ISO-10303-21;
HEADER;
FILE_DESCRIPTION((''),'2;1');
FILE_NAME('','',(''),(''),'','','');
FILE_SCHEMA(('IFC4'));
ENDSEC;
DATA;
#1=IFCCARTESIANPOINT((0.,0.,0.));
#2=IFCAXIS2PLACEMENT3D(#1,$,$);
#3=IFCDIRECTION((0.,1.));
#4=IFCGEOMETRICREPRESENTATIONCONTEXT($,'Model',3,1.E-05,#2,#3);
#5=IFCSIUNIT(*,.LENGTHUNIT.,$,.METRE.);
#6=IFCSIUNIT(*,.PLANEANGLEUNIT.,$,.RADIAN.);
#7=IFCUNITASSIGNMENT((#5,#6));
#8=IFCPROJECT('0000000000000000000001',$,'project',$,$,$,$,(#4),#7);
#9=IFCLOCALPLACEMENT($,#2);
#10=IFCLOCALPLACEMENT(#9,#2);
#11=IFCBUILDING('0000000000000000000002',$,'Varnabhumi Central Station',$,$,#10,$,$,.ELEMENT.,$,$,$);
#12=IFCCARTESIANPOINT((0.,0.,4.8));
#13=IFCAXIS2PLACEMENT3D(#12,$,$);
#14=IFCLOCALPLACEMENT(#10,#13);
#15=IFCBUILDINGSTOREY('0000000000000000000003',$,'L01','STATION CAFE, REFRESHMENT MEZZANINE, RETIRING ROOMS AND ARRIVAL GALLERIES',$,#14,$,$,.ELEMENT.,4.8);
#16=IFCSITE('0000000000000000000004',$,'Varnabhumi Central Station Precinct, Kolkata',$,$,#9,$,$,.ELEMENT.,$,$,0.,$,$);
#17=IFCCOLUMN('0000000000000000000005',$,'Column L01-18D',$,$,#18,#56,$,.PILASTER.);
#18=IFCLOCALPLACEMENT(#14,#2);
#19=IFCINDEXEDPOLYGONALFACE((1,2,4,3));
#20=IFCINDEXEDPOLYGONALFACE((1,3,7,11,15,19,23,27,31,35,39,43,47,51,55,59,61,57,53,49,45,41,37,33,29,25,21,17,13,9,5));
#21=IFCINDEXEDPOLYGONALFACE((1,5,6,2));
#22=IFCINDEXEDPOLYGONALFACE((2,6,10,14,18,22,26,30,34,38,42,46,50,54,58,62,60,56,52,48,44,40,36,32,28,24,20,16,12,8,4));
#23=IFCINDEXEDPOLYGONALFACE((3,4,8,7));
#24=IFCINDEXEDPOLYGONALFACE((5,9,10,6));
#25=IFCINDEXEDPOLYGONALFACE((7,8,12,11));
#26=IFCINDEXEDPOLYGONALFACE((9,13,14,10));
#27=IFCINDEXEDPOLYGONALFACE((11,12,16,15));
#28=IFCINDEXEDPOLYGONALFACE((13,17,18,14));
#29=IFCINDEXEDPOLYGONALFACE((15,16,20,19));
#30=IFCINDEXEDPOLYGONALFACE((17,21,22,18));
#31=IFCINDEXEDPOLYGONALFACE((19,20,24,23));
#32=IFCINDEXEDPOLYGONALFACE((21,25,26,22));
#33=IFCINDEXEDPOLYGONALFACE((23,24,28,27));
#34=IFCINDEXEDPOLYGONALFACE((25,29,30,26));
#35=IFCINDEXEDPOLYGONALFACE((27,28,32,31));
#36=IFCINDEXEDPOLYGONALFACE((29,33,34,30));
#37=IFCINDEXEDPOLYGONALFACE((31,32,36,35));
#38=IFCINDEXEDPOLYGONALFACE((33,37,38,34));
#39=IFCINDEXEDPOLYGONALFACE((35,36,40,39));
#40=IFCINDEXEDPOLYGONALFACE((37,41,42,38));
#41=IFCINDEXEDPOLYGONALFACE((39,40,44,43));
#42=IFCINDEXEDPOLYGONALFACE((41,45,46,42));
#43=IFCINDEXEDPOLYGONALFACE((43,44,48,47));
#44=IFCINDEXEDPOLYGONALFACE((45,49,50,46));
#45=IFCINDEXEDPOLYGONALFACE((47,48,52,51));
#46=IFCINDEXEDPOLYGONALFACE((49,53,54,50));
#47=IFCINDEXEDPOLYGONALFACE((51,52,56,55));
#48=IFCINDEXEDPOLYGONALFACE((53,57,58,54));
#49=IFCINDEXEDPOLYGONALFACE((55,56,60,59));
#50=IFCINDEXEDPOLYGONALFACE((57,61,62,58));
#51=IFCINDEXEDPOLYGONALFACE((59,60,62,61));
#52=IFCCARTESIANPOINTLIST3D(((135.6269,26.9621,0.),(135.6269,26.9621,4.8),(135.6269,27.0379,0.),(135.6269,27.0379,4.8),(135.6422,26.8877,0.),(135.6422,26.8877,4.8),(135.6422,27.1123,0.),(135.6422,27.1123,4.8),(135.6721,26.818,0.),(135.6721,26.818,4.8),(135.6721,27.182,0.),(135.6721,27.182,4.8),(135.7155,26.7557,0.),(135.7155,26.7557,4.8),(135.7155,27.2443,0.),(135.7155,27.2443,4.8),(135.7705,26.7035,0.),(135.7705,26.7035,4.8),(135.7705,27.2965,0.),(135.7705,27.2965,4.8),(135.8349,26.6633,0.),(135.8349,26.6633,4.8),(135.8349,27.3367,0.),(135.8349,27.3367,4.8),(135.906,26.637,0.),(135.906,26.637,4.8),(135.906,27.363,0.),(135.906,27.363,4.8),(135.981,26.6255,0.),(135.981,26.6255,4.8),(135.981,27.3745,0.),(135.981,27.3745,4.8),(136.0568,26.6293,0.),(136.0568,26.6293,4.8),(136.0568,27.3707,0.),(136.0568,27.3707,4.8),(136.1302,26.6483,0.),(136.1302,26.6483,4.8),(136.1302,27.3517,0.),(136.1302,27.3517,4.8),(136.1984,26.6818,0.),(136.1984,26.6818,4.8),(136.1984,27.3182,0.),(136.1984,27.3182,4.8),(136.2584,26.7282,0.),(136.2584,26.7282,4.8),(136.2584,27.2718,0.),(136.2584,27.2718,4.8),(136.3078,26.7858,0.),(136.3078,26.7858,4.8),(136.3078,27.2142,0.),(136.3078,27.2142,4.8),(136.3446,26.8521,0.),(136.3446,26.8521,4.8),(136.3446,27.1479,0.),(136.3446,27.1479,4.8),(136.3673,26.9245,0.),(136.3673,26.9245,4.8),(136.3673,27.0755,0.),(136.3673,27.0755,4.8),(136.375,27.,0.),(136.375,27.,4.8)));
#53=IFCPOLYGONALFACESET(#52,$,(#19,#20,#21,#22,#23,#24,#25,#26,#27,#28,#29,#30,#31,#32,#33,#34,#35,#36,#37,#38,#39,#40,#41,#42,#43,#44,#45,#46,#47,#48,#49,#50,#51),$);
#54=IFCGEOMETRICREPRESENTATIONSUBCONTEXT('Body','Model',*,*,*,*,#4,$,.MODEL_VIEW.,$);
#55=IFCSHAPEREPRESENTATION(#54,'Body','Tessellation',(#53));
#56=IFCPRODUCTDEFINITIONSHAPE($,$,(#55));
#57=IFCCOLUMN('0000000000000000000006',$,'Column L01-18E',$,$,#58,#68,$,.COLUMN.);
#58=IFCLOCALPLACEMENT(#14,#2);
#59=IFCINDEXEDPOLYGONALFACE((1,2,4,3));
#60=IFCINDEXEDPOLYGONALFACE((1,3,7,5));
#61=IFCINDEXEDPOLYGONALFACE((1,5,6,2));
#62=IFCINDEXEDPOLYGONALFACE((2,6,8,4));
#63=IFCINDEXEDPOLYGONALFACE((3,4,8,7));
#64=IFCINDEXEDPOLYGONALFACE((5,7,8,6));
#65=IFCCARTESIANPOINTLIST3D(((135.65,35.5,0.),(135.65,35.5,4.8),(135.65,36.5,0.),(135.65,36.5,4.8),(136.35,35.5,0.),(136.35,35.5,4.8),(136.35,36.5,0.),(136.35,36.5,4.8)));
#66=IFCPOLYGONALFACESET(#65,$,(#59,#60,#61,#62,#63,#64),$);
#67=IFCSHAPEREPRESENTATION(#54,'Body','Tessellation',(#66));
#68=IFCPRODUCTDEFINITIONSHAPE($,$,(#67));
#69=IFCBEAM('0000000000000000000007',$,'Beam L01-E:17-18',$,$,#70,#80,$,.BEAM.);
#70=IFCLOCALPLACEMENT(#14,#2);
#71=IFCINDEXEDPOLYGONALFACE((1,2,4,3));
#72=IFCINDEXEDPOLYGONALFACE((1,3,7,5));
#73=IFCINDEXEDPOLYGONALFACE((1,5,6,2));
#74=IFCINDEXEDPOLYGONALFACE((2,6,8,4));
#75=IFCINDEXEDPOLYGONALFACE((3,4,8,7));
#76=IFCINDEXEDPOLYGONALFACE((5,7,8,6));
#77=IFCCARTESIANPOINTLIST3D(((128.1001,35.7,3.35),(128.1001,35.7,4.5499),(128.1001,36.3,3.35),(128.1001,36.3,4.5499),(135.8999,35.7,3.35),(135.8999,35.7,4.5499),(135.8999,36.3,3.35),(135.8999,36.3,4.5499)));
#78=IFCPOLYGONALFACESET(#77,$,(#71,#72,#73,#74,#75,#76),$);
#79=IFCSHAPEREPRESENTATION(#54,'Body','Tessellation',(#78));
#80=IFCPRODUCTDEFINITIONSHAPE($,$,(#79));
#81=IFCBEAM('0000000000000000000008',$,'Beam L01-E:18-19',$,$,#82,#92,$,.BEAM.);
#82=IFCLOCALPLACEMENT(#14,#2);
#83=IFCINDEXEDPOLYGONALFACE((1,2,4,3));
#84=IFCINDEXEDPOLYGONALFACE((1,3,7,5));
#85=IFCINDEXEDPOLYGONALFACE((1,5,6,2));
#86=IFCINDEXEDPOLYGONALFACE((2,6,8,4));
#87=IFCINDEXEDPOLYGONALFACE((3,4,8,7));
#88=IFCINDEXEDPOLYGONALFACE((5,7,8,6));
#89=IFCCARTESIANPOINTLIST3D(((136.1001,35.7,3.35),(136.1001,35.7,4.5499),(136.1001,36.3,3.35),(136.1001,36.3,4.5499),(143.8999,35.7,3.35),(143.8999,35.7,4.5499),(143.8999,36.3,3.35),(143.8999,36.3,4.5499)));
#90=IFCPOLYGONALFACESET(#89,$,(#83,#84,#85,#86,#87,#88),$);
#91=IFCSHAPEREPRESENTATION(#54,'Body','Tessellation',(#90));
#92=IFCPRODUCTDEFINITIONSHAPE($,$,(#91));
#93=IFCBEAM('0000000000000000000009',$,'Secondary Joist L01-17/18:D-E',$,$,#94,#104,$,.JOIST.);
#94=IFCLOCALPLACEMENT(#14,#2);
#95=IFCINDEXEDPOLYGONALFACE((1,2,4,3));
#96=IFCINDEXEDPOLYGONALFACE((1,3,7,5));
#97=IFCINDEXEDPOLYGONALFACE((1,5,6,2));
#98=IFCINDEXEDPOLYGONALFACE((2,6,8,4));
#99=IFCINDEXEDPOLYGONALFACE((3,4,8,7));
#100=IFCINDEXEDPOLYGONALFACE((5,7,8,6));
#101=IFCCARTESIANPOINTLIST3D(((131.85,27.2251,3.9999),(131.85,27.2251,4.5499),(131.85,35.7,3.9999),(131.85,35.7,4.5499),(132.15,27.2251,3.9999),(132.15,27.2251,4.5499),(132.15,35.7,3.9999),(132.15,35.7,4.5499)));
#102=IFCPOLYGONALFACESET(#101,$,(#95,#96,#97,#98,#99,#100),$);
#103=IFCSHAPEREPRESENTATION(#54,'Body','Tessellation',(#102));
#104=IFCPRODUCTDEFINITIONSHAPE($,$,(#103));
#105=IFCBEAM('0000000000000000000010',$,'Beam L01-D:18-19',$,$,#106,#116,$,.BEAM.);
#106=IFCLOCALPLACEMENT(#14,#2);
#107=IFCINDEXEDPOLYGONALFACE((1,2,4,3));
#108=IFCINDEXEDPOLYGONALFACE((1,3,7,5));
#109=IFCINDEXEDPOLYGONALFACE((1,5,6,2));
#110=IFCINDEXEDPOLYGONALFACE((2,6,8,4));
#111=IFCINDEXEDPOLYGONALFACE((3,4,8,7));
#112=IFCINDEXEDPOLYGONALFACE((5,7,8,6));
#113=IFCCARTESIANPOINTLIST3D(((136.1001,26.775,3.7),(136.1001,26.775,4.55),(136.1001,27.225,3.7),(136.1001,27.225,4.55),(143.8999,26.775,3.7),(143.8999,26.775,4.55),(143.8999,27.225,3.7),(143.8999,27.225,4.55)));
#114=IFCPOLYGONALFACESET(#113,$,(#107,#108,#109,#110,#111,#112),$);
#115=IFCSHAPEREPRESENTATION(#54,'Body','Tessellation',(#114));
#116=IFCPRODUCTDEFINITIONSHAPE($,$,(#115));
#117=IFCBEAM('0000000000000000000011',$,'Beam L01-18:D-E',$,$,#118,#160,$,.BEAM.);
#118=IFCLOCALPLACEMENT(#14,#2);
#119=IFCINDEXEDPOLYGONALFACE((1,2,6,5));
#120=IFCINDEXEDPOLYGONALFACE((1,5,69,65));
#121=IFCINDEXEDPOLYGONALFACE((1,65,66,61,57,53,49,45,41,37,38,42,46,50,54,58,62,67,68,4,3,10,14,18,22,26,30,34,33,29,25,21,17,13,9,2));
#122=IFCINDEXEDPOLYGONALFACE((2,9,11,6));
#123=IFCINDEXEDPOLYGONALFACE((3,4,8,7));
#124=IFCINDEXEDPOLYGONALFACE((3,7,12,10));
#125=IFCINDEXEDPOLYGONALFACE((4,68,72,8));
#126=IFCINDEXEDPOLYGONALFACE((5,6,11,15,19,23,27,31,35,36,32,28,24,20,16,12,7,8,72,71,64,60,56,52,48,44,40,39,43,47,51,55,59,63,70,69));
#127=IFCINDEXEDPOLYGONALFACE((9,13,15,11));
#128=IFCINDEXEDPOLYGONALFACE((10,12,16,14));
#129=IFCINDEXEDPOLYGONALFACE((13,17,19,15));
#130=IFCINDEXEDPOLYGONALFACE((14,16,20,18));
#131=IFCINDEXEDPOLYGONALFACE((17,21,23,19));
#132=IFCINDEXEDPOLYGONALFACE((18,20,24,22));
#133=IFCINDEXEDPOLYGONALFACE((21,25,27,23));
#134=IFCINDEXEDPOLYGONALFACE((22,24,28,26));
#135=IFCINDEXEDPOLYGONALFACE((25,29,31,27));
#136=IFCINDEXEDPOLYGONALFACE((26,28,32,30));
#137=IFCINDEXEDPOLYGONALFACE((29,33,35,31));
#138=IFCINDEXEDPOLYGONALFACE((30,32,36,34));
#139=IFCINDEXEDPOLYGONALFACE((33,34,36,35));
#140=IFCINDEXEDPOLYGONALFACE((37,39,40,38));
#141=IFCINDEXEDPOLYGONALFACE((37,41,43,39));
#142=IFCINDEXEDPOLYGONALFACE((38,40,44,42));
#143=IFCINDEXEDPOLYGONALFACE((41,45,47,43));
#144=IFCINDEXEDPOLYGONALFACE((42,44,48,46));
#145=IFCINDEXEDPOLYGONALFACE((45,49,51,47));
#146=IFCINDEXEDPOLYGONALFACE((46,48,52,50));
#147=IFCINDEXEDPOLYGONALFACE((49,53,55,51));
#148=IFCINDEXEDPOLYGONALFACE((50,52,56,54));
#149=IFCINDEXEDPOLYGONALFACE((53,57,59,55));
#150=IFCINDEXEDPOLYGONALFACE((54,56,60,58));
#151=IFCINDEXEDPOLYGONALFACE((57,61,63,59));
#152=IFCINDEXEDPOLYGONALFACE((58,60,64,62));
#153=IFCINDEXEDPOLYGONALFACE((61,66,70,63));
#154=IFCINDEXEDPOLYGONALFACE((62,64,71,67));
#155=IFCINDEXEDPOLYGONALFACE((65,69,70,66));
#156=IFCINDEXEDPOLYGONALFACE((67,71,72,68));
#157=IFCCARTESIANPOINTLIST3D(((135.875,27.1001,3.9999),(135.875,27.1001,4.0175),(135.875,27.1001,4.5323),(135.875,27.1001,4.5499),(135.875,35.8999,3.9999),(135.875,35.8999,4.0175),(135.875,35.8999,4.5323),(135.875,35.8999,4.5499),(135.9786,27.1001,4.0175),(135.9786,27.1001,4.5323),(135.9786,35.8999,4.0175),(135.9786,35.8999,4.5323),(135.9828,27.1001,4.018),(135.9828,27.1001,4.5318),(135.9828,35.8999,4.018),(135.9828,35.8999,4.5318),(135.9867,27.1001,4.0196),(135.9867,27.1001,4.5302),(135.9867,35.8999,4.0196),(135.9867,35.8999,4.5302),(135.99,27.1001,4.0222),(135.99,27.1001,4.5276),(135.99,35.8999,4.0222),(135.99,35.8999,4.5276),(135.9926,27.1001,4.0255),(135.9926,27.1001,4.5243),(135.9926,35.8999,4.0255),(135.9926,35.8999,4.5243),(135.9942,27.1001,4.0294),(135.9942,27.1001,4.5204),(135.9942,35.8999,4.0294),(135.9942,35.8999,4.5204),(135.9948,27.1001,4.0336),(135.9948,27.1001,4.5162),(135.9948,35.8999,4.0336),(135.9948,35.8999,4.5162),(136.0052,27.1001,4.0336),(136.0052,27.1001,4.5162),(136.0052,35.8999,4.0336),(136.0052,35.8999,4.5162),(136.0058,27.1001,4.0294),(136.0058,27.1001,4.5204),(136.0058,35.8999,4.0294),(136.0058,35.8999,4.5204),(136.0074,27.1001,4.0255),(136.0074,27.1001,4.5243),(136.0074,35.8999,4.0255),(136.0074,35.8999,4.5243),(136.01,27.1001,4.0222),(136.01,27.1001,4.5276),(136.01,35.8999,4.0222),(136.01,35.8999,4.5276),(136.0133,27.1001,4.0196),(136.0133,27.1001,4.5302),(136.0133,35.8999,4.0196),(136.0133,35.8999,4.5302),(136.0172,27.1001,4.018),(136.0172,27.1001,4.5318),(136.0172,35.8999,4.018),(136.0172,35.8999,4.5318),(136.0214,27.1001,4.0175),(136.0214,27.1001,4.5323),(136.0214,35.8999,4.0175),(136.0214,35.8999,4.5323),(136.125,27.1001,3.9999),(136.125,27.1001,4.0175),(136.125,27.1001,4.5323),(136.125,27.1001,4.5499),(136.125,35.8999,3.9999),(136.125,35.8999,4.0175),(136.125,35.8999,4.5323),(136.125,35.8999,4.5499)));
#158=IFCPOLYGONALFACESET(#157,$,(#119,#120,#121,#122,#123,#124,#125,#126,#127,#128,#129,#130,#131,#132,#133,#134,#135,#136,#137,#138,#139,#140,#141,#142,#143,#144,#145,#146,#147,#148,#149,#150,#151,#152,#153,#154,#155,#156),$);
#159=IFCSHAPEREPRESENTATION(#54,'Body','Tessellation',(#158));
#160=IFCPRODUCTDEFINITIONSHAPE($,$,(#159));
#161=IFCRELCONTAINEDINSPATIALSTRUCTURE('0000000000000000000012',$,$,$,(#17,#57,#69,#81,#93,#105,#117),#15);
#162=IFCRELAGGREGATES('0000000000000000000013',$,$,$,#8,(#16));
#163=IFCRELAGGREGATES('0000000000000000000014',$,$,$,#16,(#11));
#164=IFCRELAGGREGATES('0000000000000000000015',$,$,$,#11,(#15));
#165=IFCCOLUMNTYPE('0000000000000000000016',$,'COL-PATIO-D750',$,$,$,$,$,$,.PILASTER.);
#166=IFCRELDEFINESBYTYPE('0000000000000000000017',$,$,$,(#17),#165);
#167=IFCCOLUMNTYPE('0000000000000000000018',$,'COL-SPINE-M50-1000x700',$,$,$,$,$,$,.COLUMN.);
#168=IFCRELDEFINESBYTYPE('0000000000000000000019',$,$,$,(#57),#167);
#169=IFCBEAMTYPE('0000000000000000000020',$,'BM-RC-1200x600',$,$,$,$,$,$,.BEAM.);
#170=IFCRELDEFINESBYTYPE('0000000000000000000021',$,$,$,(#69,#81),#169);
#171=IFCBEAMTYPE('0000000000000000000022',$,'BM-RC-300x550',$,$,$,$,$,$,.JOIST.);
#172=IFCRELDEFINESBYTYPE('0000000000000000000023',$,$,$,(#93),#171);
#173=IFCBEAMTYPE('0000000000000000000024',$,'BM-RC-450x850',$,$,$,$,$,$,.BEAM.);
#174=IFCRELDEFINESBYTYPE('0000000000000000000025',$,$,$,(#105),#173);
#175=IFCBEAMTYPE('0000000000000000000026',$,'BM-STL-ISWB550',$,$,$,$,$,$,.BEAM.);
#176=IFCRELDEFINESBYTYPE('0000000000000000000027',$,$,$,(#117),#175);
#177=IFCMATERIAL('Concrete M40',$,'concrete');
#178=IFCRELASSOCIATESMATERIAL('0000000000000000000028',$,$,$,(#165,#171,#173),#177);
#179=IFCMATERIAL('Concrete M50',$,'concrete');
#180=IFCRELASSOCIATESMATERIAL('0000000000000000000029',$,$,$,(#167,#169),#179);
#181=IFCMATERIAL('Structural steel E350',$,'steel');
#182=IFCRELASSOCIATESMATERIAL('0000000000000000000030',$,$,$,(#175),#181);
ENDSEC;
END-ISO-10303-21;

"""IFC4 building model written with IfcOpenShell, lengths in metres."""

from ifc_helpers import new_model, si_unit, direction, frame, origin, origin_2d, place, context, subcontext, project, spatial, rectangle, circle, i_section, extrude, material, material_profile, profile_set, type_object, element, save


model = new_model("IFC4")

# Units and contexts
model_context = context("Model", 3, precision=1e-05, world=origin(), true_north=direction((0.0, 1.0)))
body_context = subcontext(model_context, "Body", "Model", "MODEL_VIEW")
ifc_project = project(units=[si_unit("LENGTHUNIT", "METRE"), si_unit("PLANEANGLEUNIT", "RADIAN")], contexts=[model_context])

# Site, building, storey
site_placement = place(None, origin())
site = spatial("IfcSite", under=ifc_project, at=site_placement, Name="Varnabhumi Central Station Precinct, Kolkata", CompositionType="ELEMENT", RefElevation=0.0)
building_placement = place(site_placement, origin())
building = spatial("IfcBuilding", under=site, at=building_placement, Name="Varnabhumi Central Station", CompositionType="ELEMENT")
storey_placement = place(building_placement, frame((0.0, 0.0, 4.8)))
storey = spatial("IfcBuildingStorey", under=building, at=storey_placement, Name="L01", Description="STATION CAFE, REFRESHMENT MEZZANINE, RETIRING ROOMS AND ARRIVAL GALLERIES", CompositionType="ELEMENT", Elevation=4.8)

# Columns
ifc_material_1 = material(Name="Concrete M40", Category="concrete")
ifc_material_profile_1 = material_profile(ifc_material_1, circle(Radius=0.375, at=origin_2d()), Name="Concrete M40", Category="concrete")
ifc_profile_set_1 = profile_set([ifc_material_profile_1], Name="Concrete M40")
column_type_1 = type_object("IfcColumnType", Name="COL-PATIO-D750", PredefinedType="PILASTER", material=ifc_profile_set_1)
column_1_placement = place(storey_placement, frame((136.0, 27.0, 0.0), z_axis=(0.0, 0.0, 1.0), x_axis=(1.0, 0.0, 0.0)))
element("IfcColumn", 1, at=column_1_placement, inside=storey, type_object=column_type_1, Name="Column L01-18D", PredefinedType="PILASTER", context=body_context, shape_type="SweptSolid", body=[
    extrude(circle(Radius=0.375, at=origin_2d()), origin(), (0.0, 0.0, 1.0), 4.8),
])
ifc_material_2 = material(Name="Concrete M50", Category="concrete")
ifc_material_profile_2 = material_profile(ifc_material_2, rectangle(XDim=0.7, YDim=1.0, at=origin_2d()), Name="Concrete M50", Category="concrete")
ifc_profile_set_2 = profile_set([ifc_material_profile_2], Name="Concrete M50")
column_type_2 = type_object("IfcColumnType", Name="COL-SPINE-M50-1000x700", PredefinedType="COLUMN", material=ifc_profile_set_2)
column_2_placement = place(storey_placement, frame((136.0, 36.0, 0.0), z_axis=(0.0, 0.0, 1.0), x_axis=(1.0, 0.0, 0.0)))
element("IfcColumn", 2, at=column_2_placement, inside=storey, type_object=column_type_2, Name="Column L01-18E", PredefinedType="COLUMN", context=body_context, shape_type="SweptSolid", body=[
    extrude(rectangle(XDim=0.7, YDim=1.0, at=origin_2d()), origin(), (0.0, 0.0, 1.0), 4.8),
])

# Beams
ifc_material_profile_3 = material_profile(ifc_material_2, rectangle(XDim=0.6001, YDim=1.2, at=origin_2d()), Name="Concrete M50", Category="concrete")
ifc_profile_set_3 = profile_set([ifc_material_profile_3], Name="Concrete M50")
beam_type_1 = type_object("IfcBeamType", Name="BM-RC-1200x600", PredefinedType="BEAM", material=ifc_profile_set_3)
for number, where, z_axis, x_axis, name in (
    (3, (128.1001, 36.0, 3.95), (1.0, 0.0, 0.0), (0.0, 1.0, 0.0), "Beam L01-E:17-18"),
    (4, (136.1001, 36.0, 3.95), (1.0, 0.0, 0.0), (0.0, 1.0, 0.0), "Beam L01-E:18-19"),
):
    element("IfcBeam", number, at=place(storey_placement, frame(where, z_axis=z_axis, x_axis=x_axis)), inside=storey, type_object=beam_type_1, Name=name, PredefinedType="BEAM", context=body_context, shape_type="SweptSolid", body=[
        extrude(rectangle(XDim=0.6001, YDim=1.2, at=origin_2d()), origin(), (0.0, 0.0, 1.0), 7.7998),
    ])
ifc_material_profile_4 = material_profile(ifc_material_1, rectangle(XDim=0.3, YDim=0.55, at=origin_2d()), Name="Concrete M40", Category="concrete")
ifc_profile_set_4 = profile_set([ifc_material_profile_4], Name="Concrete M40")
beam_type_2 = type_object("IfcBeamType", Name="BM-RC-300x550", PredefinedType="JOIST", material=ifc_profile_set_4)
beam_1_placement = place(storey_placement, frame((132.0, 27.2251, 4.2749), z_axis=(0.0, 1.0, 0.0), x_axis=(-1.0, 0.0, 0.0)))
element("IfcBeam", 5, at=beam_1_placement, inside=storey, type_object=beam_type_2, Name="Secondary Joist L01-17/18:D-E", PredefinedType="JOIST", context=body_context, shape_type="SweptSolid", body=[
    extrude(rectangle(XDim=0.3, YDim=0.55, at=origin_2d()), origin(), (0.0, 0.0, 1.0), 8.4749),
])
ifc_material_profile_5 = material_profile(ifc_material_1, rectangle(XDim=0.45, YDim=0.8501, at=origin_2d()), Name="Concrete M40", Category="concrete")
ifc_profile_set_5 = profile_set([ifc_material_profile_5], Name="Concrete M40")
beam_type_3 = type_object("IfcBeamType", Name="BM-RC-450x850", PredefinedType="BEAM", material=ifc_profile_set_5)
beam_2_placement = place(storey_placement, frame((136.1001, 27.0, 4.125), z_axis=(1.0, 0.0, 0.0), x_axis=(0.0, 1.0, 0.0)))
element("IfcBeam", 6, at=beam_2_placement, inside=storey, type_object=beam_type_3, Name="Beam L01-D:18-19", PredefinedType="BEAM", context=body_context, shape_type="SweptSolid", body=[
    extrude(rectangle(XDim=0.45, YDim=0.8501, at=origin_2d()), origin(), (0.0, 0.0, 1.0), 7.7998),
])
ifc_material_3 = material(Name="Structural steel E350", Category="steel")
ifc_material_profile_6 = material_profile(ifc_material_3, i_section(OverallWidth=0.25, OverallDepth=0.55, WebThickness=0.0105, FlangeThickness=0.0176, FilletRadius=0.0161, at=origin_2d()), Name="Structural steel E350", Category="steel")
ifc_profile_set_6 = profile_set([ifc_material_profile_6], Name="Structural steel E350")
beam_type_4 = type_object("IfcBeamType", Name="BM-STL-ISWB550", PredefinedType="BEAM", material=ifc_profile_set_6)
beam_3_placement = place(storey_placement, frame((136.0, 27.1001, 4.2749), z_axis=(0.0, 1.0, 0.0), x_axis=(-1.0, 0.0, 0.0)))
element("IfcBeam", 7, at=beam_3_placement, inside=storey, type_object=beam_type_4, Name="Beam L01-18:D-E", PredefinedType="BEAM", context=body_context, shape_type="SweptSolid", body=[
    extrude(i_section(OverallWidth=0.25, OverallDepth=0.55, WebThickness=0.0105, FlangeThickness=0.0176, FilletRadius=0.0161, at=origin_2d()), origin(), (0.0, 0.0, 1.0), 8.7998),
])

save(model, "model.ifc")
